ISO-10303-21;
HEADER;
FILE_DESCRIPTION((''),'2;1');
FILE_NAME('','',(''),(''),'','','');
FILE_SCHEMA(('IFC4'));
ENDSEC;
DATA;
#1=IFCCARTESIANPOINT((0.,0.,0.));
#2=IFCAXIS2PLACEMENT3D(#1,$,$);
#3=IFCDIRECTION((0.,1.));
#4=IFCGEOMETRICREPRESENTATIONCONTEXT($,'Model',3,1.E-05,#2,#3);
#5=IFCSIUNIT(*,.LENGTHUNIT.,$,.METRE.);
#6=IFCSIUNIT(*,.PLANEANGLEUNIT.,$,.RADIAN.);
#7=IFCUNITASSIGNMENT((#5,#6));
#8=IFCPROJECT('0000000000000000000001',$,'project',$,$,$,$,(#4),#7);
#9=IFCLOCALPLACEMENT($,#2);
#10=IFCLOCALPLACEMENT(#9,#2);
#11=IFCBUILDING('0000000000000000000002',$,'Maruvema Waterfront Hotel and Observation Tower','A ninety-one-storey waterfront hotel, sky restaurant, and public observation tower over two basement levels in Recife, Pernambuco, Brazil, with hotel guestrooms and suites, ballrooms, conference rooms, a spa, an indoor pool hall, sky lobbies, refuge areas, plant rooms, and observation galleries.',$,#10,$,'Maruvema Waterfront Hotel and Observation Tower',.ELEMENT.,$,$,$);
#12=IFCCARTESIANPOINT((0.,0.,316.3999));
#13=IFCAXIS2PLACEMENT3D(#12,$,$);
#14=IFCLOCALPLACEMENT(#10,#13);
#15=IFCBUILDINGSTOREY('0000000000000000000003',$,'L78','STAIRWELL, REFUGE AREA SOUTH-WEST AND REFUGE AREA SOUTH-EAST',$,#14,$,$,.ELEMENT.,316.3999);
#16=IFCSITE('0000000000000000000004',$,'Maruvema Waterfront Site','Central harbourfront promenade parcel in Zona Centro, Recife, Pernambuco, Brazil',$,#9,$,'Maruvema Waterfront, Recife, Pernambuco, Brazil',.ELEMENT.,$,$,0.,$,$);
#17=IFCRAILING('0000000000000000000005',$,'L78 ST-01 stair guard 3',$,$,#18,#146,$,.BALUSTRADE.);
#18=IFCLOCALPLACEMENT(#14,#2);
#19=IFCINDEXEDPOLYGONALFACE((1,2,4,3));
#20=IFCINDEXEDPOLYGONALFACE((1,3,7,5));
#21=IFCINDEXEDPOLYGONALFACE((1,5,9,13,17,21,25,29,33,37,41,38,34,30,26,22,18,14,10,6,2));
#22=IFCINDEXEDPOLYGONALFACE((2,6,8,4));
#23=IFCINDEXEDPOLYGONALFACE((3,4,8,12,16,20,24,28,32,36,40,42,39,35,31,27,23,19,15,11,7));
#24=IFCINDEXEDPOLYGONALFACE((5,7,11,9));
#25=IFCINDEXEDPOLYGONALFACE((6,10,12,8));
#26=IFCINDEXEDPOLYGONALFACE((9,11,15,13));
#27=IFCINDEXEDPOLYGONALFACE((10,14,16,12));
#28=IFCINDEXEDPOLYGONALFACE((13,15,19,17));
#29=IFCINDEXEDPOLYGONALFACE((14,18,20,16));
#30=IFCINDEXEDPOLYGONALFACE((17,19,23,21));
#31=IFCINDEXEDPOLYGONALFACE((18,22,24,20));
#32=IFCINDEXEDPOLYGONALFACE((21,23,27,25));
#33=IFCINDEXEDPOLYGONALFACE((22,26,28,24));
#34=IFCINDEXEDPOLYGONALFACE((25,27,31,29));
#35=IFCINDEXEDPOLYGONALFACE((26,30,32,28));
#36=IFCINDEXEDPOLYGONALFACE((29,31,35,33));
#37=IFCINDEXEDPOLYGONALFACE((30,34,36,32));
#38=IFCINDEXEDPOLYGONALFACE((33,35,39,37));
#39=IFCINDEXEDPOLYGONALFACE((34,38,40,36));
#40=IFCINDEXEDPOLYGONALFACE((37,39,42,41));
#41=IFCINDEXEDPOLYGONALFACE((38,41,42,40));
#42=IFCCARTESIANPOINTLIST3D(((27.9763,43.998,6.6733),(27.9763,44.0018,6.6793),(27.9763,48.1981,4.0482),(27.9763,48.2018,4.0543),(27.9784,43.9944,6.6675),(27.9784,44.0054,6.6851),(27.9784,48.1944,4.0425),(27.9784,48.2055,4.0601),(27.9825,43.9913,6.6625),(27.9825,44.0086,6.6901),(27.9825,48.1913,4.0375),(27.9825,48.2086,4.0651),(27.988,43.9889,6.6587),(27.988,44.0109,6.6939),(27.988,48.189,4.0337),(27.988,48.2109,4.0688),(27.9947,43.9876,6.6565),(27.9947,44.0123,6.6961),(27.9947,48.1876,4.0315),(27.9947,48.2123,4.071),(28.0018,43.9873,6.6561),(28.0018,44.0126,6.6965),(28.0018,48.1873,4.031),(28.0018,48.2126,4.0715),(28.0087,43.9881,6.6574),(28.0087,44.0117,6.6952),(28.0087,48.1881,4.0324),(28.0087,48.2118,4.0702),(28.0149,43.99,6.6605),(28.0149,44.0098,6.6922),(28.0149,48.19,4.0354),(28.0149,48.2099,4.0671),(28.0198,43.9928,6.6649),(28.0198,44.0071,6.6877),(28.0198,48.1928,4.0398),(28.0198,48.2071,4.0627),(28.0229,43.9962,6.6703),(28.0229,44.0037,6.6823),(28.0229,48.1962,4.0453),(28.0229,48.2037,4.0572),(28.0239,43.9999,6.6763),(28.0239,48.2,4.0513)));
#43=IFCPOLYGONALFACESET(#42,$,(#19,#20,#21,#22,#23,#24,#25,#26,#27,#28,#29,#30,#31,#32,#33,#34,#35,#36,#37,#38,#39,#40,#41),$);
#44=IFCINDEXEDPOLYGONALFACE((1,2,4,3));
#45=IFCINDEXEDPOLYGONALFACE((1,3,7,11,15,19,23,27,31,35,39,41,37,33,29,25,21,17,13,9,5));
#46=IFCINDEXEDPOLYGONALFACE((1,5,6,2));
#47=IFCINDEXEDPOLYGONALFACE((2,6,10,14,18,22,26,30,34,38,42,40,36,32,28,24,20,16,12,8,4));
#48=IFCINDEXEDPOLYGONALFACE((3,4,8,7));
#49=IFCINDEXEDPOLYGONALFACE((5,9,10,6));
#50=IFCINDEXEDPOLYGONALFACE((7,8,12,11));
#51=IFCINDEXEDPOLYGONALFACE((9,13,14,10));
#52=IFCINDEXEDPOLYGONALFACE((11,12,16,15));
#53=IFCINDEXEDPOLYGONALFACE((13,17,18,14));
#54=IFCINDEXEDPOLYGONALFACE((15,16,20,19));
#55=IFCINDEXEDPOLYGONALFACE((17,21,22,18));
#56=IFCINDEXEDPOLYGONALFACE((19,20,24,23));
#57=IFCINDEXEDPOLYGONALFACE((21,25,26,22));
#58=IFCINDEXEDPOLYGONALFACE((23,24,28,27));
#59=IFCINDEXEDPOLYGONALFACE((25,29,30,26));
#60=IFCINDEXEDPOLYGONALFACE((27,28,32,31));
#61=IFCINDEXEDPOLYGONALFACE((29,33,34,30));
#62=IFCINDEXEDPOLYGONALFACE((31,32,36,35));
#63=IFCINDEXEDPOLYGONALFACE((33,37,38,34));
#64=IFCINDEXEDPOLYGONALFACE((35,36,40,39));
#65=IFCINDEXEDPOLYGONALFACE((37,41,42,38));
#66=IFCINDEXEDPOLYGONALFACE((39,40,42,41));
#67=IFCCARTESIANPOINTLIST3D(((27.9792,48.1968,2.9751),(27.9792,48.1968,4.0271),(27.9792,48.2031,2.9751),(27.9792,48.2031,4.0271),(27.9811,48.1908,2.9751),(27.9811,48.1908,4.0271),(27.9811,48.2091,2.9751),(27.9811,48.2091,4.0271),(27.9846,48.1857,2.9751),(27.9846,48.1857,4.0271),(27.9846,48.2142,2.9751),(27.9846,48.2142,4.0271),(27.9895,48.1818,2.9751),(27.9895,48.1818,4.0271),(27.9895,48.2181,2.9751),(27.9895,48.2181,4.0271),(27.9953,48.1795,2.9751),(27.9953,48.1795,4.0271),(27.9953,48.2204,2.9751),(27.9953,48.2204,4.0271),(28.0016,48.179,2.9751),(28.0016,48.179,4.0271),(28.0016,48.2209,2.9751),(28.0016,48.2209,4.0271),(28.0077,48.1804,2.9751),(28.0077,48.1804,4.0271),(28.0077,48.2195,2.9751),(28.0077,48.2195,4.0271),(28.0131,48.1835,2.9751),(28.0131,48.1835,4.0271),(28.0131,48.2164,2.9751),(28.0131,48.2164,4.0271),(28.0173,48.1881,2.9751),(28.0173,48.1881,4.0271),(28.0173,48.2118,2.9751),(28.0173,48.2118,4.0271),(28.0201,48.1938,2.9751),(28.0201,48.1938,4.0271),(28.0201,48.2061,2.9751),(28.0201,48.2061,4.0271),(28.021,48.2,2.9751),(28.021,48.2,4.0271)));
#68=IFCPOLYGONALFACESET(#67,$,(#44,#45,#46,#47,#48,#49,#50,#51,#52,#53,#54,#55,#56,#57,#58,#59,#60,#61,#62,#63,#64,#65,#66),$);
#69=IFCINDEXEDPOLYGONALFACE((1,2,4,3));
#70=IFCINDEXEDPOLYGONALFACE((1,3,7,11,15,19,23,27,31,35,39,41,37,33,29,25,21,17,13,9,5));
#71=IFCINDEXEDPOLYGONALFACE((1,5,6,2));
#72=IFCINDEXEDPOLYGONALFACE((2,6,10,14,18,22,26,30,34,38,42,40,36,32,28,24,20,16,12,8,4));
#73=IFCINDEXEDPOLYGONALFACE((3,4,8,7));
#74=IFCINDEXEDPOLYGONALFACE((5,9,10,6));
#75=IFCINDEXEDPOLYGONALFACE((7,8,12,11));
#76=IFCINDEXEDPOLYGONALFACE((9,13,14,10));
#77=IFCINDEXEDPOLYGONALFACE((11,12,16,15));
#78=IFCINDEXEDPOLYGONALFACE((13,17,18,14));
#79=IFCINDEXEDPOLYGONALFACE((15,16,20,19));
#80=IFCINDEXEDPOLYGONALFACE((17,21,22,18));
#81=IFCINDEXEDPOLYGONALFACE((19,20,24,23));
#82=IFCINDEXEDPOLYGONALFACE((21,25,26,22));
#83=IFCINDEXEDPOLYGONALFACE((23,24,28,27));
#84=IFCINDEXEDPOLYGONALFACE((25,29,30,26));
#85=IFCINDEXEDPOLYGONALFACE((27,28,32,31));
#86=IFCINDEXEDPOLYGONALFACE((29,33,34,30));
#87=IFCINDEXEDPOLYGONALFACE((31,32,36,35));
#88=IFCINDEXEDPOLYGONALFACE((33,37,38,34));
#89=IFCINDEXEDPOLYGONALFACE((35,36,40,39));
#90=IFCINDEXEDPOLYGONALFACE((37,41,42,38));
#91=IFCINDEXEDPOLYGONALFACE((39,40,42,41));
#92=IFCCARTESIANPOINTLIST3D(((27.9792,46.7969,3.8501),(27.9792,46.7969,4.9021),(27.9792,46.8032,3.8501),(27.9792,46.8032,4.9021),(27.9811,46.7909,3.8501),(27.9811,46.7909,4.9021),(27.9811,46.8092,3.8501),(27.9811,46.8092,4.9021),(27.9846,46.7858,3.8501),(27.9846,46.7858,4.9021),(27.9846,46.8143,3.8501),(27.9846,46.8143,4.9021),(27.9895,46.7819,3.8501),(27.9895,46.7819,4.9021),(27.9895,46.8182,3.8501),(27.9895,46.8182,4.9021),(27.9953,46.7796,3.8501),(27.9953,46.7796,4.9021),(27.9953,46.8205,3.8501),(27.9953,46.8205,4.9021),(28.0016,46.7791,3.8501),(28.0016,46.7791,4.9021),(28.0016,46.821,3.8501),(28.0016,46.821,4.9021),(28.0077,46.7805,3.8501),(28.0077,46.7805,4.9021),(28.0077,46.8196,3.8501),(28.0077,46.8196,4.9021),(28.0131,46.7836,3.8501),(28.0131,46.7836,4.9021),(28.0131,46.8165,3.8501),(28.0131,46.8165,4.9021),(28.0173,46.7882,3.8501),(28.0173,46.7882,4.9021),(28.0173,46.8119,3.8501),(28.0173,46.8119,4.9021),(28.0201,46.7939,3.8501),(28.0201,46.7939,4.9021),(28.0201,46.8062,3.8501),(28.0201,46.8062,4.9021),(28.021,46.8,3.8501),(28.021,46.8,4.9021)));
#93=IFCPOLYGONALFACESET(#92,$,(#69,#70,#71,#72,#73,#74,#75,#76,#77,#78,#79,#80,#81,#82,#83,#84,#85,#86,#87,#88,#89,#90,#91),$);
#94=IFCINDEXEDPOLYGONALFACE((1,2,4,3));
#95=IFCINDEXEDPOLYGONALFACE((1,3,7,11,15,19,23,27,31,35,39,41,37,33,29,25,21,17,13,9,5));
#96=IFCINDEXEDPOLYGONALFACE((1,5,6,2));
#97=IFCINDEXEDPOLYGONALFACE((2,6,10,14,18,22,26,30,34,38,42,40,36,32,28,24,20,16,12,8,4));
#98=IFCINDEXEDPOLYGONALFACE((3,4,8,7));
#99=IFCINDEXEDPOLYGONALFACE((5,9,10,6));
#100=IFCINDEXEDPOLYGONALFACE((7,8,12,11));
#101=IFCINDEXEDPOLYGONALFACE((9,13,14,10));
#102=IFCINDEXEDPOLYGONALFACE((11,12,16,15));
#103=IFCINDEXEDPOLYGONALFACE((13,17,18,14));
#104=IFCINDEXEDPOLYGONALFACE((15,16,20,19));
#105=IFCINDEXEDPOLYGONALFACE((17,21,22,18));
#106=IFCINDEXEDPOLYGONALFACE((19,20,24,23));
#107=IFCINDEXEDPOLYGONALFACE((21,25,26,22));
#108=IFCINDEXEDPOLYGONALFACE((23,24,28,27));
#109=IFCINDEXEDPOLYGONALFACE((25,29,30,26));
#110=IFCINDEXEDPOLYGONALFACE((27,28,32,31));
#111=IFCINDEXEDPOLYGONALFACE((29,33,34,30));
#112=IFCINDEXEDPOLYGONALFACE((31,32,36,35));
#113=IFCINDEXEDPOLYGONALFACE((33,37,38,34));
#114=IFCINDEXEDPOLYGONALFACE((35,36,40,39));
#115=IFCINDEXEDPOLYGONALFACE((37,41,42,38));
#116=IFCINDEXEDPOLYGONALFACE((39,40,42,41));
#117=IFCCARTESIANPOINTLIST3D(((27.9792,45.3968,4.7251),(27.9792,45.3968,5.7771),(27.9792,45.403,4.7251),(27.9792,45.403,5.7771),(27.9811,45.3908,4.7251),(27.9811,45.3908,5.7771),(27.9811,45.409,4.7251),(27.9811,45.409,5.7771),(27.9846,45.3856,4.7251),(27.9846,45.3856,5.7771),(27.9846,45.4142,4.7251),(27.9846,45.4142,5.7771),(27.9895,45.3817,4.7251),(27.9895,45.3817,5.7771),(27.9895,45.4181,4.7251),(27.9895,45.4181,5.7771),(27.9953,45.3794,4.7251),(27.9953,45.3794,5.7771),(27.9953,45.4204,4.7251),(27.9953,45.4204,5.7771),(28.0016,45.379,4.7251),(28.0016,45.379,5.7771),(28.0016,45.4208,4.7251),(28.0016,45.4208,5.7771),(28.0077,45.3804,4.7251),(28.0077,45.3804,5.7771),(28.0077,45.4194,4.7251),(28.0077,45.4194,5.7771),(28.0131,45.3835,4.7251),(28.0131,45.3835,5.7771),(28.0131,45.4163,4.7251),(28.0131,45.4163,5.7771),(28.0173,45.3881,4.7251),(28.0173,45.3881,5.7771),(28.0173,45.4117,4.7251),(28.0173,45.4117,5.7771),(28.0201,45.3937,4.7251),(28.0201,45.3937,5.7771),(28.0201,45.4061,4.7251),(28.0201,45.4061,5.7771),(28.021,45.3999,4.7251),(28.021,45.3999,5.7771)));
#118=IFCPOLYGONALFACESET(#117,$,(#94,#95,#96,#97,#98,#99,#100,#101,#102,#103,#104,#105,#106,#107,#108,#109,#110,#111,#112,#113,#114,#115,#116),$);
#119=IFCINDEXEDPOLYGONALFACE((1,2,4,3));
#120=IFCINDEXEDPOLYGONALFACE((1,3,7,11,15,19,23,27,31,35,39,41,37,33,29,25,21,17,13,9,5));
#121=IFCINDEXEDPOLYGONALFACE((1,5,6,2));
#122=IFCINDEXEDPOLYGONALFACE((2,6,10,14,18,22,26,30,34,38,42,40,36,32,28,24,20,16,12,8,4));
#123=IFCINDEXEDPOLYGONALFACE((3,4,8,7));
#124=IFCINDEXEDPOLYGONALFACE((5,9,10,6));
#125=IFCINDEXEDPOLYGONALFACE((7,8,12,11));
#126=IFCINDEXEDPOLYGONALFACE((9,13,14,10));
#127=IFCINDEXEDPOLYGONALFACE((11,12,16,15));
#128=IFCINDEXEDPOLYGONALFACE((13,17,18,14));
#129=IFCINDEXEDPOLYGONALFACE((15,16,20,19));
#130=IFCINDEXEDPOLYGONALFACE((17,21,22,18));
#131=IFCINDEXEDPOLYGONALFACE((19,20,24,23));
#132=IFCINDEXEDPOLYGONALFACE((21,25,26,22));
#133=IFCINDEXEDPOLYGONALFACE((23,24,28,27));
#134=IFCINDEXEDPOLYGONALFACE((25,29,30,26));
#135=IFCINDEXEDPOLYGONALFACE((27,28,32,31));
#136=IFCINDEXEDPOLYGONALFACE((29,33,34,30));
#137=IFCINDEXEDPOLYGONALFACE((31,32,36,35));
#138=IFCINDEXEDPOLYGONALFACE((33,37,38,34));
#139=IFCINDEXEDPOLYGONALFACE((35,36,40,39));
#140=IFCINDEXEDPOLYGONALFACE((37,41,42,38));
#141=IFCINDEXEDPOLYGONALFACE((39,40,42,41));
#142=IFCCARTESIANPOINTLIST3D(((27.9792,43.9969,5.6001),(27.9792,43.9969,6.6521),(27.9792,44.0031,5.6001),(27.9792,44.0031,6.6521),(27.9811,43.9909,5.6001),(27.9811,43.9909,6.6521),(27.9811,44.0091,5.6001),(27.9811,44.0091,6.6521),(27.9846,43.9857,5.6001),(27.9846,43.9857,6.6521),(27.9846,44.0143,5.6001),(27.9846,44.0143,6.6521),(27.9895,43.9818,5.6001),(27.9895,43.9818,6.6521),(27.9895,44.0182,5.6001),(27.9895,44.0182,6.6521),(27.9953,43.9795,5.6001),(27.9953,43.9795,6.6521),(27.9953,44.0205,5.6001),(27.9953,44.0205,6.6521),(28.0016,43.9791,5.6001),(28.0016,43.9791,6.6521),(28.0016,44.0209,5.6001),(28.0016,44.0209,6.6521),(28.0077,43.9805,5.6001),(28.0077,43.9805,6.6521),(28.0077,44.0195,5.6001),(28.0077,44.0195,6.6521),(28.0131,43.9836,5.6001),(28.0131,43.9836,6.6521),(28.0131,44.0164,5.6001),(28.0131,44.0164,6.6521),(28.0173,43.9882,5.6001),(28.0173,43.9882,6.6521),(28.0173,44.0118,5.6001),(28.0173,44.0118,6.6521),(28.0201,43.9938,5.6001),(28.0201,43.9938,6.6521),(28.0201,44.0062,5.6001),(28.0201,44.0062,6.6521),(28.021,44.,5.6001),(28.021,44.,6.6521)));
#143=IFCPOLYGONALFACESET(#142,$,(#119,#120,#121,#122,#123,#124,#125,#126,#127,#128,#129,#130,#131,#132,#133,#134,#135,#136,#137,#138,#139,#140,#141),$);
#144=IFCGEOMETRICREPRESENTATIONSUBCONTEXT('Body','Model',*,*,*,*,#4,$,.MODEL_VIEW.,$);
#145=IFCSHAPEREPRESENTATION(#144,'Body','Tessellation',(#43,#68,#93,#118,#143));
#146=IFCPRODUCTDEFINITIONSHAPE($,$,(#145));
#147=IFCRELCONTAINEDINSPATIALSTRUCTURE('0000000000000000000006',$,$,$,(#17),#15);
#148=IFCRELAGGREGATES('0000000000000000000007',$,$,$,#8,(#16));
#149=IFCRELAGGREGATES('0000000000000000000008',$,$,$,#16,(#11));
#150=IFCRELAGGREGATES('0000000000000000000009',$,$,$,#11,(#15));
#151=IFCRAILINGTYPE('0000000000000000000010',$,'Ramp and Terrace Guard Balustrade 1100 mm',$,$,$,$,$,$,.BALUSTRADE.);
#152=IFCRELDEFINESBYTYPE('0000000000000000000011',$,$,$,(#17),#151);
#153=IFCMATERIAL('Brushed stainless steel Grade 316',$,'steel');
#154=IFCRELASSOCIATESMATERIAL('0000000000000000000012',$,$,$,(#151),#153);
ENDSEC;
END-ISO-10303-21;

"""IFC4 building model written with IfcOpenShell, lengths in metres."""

from ifc_helpers import new_model, si_unit, direction, frame, origin, origin_2d, place, context, subcontext, project, spatial, circle, extrude, material, type_object, element, save


model = new_model("IFC4")

# Units and contexts
model_context = context("Model", 3, precision=1e-05, world=origin(), true_north=direction((0.0, 1.0)))
body_context = subcontext(model_context, "Body", "Model", "MODEL_VIEW")
ifc_project = project(units=[si_unit("LENGTHUNIT", "METRE"), si_unit("PLANEANGLEUNIT", "RADIAN")], contexts=[model_context])

# Site, building, storey
site_placement = place(None, origin())
site = spatial("IfcSite", under=ifc_project, at=site_placement, Name="Maruvema Waterfront Site", Description="Central harbourfront promenade parcel in Zona Centro, Recife, Pernambuco, Brazil", LongName="Maruvema Waterfront, Recife, Pernambuco, Brazil", CompositionType="ELEMENT", RefElevation=0.0)
building_placement = place(site_placement, origin())
building = spatial("IfcBuilding", under=site, at=building_placement, Name="Maruvema Waterfront Hotel and Observation Tower", Description="A ninety-one-storey waterfront hotel, sky restaurant, and public observation tower over two basement levels in Recife, Pernambuco, Brazil, with hotel guestrooms and suites, ballrooms, conference rooms, a spa, an indoor pool hall, sky lobbies, refuge areas, plant rooms, and observation galleries.", LongName="Maruvema Waterfront Hotel and Observation Tower", CompositionType="ELEMENT")
storey_placement = place(building_placement, frame((0.0, 0.0, 316.3999)))
storey = spatial("IfcBuildingStorey", under=building, at=storey_placement, Name="L78", Description="STAIRWELL, REFUGE AREA SOUTH-WEST AND REFUGE AREA SOUTH-EAST", CompositionType="ELEMENT", Elevation=316.3999)

# Railing
ifc_material_1 = material(Name="Brushed stainless steel Grade 316", Category="steel")
railing_type_1 = type_object("IfcRailingType", Name="Ramp and Terrace Guard Balustrade 1100 mm", PredefinedType="BALUSTRADE", material=ifc_material_1)
railing_1_placement = place(storey_placement, frame((28.0, 48.2, 2.9751)))
element("IfcRailing", 1, at=railing_1_placement, inside=storey, type_object=railing_type_1, Name="L78 ST-01 stair guard 3", PredefinedType="BALUSTRADE", context=body_context, shape_type="SweptSolid", body=[
    extrude(circle(Radius=0.0239, at=origin_2d()), frame((0.0, 0.0, 1.0762), z_axis=(0.0, -0.847996, 0.530003), x_axis=(1.0, 0.0, 0.0)), (0.0, 0.0, 1.0), 4.9529),
    extrude(circle(Radius=0.021, at=origin_2d()), origin(), (0.0, 0.0, 1.0), 1.052),
    extrude(circle(Radius=0.021, at=origin_2d()), frame((0.0, -1.3999, 0.875)), (0.0, 0.0, 1.0), 1.052),
    extrude(circle(Radius=0.021, at=origin_2d()), frame((0.0, -2.8, 1.75)), (0.0, 0.0, 1.0), 1.052),
    extrude(circle(Radius=0.021, at=origin_2d()), frame((0.0, -4.2, 2.625)), (0.0, 0.0, 1.0), 1.052),
])

save(model, "model.ifc")
